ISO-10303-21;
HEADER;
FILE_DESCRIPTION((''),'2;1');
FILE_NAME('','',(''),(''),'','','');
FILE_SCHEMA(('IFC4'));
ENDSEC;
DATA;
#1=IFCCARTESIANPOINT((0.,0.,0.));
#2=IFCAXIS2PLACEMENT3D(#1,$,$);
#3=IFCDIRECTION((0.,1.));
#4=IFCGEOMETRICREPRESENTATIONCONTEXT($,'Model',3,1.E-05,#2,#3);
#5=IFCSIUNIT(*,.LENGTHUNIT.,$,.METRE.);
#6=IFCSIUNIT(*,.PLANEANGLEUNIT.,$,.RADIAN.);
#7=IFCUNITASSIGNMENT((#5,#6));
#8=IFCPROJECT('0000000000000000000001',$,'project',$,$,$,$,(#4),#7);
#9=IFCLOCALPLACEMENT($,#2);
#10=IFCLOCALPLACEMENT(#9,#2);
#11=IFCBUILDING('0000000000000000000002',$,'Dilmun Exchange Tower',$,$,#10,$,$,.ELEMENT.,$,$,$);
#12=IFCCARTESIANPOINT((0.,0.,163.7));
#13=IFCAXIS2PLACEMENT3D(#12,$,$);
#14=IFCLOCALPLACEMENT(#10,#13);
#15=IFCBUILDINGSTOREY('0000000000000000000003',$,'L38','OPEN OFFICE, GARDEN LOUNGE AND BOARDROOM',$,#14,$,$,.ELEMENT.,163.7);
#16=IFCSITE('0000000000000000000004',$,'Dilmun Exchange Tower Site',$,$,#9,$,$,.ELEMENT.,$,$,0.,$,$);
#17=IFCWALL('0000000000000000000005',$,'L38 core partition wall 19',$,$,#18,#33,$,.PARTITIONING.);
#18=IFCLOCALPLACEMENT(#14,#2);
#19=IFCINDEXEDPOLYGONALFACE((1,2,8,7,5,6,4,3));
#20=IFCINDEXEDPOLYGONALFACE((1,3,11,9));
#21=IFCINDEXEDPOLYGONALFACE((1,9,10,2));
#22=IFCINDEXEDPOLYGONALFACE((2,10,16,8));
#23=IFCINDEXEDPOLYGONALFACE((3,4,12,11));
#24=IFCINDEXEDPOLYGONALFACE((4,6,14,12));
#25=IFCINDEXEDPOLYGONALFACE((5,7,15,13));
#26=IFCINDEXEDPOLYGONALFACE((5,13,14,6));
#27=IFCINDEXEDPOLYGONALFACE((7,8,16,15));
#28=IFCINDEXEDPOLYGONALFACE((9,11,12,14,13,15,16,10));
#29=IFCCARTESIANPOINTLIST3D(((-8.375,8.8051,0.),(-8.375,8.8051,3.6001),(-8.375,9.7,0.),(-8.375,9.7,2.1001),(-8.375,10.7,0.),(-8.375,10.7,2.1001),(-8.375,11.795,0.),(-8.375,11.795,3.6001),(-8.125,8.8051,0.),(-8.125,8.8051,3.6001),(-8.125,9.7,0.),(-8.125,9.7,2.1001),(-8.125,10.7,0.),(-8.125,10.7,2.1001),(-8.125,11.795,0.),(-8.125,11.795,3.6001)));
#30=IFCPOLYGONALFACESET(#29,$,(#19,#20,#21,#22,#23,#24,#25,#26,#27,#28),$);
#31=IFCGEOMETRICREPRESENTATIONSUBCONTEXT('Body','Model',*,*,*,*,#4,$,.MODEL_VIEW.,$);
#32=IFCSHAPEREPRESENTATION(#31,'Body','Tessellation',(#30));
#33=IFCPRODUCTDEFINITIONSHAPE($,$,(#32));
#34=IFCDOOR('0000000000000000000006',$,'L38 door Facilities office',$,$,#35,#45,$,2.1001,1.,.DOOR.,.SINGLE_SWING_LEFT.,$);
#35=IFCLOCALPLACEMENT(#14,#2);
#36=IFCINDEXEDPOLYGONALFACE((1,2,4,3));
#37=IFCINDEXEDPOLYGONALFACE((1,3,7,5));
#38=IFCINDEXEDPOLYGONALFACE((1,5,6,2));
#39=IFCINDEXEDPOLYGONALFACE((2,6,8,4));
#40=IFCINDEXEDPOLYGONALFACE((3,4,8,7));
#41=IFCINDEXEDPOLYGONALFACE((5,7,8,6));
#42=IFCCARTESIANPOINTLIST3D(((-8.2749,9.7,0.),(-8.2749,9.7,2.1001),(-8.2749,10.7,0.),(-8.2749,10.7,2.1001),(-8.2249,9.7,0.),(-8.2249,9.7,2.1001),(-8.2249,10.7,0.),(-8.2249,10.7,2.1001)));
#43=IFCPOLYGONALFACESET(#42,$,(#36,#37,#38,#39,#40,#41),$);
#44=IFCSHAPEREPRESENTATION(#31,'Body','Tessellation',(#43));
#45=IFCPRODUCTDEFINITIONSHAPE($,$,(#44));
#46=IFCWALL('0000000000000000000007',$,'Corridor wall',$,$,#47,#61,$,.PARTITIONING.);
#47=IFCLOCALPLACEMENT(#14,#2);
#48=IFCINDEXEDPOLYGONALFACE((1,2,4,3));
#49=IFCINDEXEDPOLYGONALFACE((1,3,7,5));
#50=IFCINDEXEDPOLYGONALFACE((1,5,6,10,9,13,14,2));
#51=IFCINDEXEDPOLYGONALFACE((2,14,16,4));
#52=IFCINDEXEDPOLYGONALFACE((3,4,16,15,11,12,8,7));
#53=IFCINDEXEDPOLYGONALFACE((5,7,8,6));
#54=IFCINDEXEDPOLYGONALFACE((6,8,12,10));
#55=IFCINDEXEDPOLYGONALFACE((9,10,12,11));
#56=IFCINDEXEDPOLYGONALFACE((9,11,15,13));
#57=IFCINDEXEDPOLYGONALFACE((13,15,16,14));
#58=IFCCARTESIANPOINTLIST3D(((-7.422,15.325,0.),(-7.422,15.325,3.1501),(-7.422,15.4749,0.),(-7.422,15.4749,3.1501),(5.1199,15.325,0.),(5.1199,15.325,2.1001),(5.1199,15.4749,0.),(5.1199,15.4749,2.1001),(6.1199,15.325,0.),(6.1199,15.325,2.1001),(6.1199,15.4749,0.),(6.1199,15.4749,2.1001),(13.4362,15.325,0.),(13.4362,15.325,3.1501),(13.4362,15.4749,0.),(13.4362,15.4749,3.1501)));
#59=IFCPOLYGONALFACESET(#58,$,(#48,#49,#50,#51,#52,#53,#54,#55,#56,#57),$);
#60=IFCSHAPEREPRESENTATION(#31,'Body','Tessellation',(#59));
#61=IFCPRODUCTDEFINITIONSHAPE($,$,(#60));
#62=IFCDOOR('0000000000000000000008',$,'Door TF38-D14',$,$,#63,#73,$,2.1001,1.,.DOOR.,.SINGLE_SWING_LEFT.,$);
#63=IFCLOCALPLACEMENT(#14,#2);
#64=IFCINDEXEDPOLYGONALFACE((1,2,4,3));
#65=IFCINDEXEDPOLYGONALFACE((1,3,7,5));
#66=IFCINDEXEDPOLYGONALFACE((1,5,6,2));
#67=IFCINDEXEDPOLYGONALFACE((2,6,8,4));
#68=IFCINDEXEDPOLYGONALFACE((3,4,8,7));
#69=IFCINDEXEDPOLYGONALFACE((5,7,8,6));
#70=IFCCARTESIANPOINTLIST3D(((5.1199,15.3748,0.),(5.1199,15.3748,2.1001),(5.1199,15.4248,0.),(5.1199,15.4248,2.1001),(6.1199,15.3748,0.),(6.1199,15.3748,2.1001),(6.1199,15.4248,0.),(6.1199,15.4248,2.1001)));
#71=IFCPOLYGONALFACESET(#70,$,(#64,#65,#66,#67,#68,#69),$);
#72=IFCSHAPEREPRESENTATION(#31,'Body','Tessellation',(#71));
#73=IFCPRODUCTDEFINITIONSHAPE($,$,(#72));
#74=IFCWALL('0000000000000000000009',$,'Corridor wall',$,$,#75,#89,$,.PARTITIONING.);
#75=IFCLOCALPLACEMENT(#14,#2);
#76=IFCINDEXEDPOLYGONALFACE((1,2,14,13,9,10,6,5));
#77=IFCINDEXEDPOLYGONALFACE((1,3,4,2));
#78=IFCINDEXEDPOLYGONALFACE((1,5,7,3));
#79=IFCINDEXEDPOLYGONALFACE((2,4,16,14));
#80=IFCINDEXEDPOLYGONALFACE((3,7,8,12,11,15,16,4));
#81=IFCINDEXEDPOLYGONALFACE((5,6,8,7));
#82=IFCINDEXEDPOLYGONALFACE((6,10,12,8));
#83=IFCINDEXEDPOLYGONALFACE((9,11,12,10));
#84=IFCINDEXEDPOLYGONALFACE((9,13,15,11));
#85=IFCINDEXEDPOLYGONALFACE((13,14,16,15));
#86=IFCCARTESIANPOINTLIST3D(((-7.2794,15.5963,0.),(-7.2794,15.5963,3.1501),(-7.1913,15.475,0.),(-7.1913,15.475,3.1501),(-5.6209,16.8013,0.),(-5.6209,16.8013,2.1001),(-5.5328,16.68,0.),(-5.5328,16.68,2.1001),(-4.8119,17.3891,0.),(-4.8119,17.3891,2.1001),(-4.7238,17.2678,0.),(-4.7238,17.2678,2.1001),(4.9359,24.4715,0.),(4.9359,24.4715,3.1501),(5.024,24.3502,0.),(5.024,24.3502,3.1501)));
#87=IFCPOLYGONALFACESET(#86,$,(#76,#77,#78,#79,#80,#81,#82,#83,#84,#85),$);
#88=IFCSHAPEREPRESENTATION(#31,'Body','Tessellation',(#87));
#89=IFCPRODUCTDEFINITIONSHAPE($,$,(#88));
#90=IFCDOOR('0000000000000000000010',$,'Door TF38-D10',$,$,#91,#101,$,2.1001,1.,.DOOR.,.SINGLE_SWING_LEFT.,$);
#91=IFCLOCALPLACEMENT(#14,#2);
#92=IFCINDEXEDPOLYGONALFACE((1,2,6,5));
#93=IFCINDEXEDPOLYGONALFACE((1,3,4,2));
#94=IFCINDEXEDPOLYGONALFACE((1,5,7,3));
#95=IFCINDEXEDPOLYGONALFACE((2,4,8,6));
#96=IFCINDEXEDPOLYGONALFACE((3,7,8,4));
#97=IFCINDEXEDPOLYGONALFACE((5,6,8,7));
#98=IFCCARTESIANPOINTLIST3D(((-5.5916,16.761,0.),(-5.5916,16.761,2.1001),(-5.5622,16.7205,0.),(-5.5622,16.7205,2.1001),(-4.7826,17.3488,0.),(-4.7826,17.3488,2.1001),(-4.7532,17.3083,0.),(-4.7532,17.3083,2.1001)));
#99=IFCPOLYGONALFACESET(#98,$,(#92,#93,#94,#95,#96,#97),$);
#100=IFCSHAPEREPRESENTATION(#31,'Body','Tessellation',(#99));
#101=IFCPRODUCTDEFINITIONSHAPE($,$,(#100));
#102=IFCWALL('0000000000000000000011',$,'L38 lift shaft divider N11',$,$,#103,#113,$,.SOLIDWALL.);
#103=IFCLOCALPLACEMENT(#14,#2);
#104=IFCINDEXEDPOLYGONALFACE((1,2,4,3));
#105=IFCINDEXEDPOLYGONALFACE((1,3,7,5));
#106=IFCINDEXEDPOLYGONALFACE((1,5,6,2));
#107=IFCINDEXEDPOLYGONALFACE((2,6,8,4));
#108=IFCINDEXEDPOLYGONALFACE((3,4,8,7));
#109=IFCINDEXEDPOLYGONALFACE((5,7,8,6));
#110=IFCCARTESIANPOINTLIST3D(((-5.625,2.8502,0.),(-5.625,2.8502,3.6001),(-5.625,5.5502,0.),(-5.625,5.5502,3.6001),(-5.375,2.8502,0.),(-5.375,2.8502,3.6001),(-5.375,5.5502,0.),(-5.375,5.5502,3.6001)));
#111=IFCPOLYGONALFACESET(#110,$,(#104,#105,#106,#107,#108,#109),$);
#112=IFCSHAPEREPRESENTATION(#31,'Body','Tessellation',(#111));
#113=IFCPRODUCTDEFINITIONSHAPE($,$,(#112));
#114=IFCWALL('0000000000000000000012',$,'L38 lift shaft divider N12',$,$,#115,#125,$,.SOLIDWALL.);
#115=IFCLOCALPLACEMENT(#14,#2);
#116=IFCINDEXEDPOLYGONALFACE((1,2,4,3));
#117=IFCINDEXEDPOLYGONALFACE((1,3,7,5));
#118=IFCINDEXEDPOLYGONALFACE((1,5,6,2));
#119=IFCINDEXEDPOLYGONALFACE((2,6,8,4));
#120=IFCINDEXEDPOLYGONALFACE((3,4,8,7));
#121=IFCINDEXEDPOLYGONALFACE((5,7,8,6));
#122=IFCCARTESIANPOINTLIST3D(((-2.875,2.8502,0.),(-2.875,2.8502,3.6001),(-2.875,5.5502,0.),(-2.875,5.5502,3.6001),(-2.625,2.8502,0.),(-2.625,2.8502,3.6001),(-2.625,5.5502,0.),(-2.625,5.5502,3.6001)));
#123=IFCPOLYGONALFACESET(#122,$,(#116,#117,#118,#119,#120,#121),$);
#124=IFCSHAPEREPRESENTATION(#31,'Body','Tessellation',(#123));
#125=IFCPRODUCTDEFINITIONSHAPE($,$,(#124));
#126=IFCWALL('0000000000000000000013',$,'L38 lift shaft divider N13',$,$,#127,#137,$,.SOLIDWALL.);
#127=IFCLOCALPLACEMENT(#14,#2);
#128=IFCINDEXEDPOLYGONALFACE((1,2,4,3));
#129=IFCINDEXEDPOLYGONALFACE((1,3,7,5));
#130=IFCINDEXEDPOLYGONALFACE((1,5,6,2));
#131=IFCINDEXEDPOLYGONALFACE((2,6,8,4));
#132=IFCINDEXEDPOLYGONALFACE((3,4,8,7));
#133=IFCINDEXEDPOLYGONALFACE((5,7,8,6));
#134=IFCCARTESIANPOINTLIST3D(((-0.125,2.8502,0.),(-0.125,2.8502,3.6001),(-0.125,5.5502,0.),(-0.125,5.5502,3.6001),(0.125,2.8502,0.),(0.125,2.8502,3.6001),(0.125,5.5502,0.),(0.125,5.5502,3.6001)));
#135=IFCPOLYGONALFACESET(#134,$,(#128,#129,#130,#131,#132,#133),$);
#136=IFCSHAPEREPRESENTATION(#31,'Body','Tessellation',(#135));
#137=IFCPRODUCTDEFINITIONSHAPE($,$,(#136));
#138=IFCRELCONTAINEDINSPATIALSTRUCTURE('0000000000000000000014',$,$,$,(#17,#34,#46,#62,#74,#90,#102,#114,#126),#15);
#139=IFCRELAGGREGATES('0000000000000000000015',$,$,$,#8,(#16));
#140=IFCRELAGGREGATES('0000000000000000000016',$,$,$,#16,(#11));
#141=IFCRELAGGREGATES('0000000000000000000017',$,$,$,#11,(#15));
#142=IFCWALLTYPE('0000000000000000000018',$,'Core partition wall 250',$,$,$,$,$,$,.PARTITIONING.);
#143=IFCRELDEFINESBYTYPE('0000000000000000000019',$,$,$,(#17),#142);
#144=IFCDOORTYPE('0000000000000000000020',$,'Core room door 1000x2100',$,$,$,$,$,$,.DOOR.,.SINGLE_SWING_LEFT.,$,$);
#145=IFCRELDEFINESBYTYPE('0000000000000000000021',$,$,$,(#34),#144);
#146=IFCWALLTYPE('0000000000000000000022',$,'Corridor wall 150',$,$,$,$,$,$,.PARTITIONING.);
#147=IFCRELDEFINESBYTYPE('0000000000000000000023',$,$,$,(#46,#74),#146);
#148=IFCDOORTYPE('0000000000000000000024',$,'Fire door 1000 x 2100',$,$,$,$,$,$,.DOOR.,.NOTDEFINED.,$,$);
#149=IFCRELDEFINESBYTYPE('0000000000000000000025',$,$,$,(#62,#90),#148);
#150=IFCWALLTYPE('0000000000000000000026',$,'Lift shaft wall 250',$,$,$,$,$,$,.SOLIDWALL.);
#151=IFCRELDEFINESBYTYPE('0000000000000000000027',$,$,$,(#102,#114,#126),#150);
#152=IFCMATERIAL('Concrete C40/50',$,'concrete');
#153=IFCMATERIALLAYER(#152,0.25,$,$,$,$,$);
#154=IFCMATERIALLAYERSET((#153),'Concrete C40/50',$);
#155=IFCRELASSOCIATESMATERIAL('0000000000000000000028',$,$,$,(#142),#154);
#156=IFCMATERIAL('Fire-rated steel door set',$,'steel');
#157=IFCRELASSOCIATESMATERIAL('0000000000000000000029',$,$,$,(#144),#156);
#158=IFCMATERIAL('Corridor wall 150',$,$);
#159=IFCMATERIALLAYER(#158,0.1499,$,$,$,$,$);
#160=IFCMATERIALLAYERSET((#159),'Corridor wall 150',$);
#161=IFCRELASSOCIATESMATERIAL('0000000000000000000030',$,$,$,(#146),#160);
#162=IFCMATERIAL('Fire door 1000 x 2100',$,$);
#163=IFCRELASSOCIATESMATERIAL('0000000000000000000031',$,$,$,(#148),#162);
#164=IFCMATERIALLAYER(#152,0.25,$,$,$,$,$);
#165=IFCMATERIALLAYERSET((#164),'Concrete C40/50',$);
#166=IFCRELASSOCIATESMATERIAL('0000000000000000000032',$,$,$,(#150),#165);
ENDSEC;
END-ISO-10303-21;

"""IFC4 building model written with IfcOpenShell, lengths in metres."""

from ifc_helpers import new_model, si_unit, direction, frame, frame_2d, origin, place, context, subcontext, project, spatial, rectangle, extrude, material, layer, layer_set, type_object, element, fill, save


model = new_model("IFC4")

# Units and contexts
model_context = context("Model", 3, precision=1e-05, world=origin(), true_north=direction((0.0, 1.0)))
body_context = subcontext(model_context, "Body", "Model", "MODEL_VIEW")
ifc_project = project(units=[si_unit("LENGTHUNIT", "METRE"), si_unit("PLANEANGLEUNIT", "RADIAN")], contexts=[model_context])

# Site, building, storey
site_placement = place(None, origin())
site = spatial("IfcSite", under=ifc_project, at=site_placement, Name="Dilmun Exchange Tower Site", CompositionType="ELEMENT", RefElevation=0.0)
building_placement = place(site_placement, origin())
building = spatial("IfcBuilding", under=site, at=building_placement, Name="Dilmun Exchange Tower", CompositionType="ELEMENT")
storey_placement = place(building_placement, frame((0.0, 0.0, 163.7)))
storey = spatial("IfcBuildingStorey", under=building, at=storey_placement, Name="L38", Description="OPEN OFFICE, GARDEN LOUNGE AND BOARDROOM", CompositionType="ELEMENT", Elevation=163.7)

# Shared definitions
ifc_material_1 = material(Name="Concrete C40/50", Category="concrete")

# Shared definitions
ifc_layer_1 = layer(ifc_material_1, 0.25)
ifc_layer_set_1 = layer_set([ifc_layer_1], Name="Concrete C40/50")
wall_type_1 = type_object("IfcWallType", Name="Core partition wall 250", PredefinedType="PARTITIONING", material=ifc_layer_set_1)

# Walls, openings, doors
wall_1_placement = place(storey_placement, frame((-8.25, 8.8049, 0.0), z_axis=(0.0, 0.0, 1.0), x_axis=(0.0, 1.0, 0.0)))
wall_1 = element("IfcWall", 1, at=wall_1_placement, inside=storey, type_object=wall_type_1, Name="L38 core partition wall 19", PredefinedType="PARTITIONING", context=body_context, shape_type="SweptSolid", body=[
    extrude(rectangle(XDim=2.99, YDim=0.25, at=frame_2d((1.4951, 0.0))), origin(), (0.0, 0.0, 1.0), 3.6001),
])
opening_1_placement = place(wall_1_placement, frame((0.895, 0.0, 0.0)))
opening_1 = element("IfcOpeningElement", 2, at=opening_1_placement, cuts=wall_1, PredefinedType="OPENING", context=body_context, shape_type="SweptSolid", body=[
    extrude(rectangle(XDim=1.0, YDim=2.1001, at=frame_2d((0.5, 1.05))), frame((0.0, 0.135, 0.0), z_axis=(0.0, -1.0, 0.0), x_axis=(1.0, 0.0, 0.0)), (0.0, 0.0, 1.0), 0.27),
])
ifc_material_2 = material(Name="Fire-rated steel door set", Category="steel")
door_type_1 = type_object("IfcDoorType", Name="Core room door 1000x2100", OperationType="SINGLE_SWING_LEFT", PredefinedType="DOOR", material=ifc_material_2)
door_1_placement = place(opening_1_placement, origin())
door_1 = element("IfcDoor", 3, at=door_1_placement, inside=storey, type_object=door_type_1, Name="L38 door Facilities office", OperationType="SINGLE_SWING_LEFT", OverallHeight=2.1001, OverallWidth=1.0, PredefinedType="DOOR", context=body_context, shape_type="SweptSolid", body=[
    extrude(rectangle(XDim=1.0, YDim=2.1001, at=frame_2d((0.5, 1.05))), frame((0.0, 0.0249, 0.0), z_axis=(0.0, -1.0, 0.0), x_axis=(1.0, 0.0, 0.0)), (0.0, 0.0, 1.0), 0.05),
])
fill(opening_1, door_1)
ifc_material_3 = material(Name="Corridor wall 150")
ifc_layer_2 = layer(ifc_material_3, 0.1499)
ifc_layer_set_2 = layer_set([ifc_layer_2], Name="Corridor wall 150")
wall_type_2 = type_object("IfcWallType", Name="Corridor wall 150", PredefinedType="PARTITIONING", material=ifc_layer_set_2)
wall_2_placement = place(storey_placement, frame((-7.4221, 15.3999, 0.0), z_axis=(0.0, 0.0, 1.0), x_axis=(1.0, 0.0, 0.0)))
wall_2 = element("IfcWall", 4, at=wall_2_placement, inside=storey, type_object=wall_type_2, Name="Corridor wall", PredefinedType="PARTITIONING", context=body_context, shape_type="SweptSolid", body=[
    extrude(rectangle(XDim=20.8582, YDim=0.1499, at=frame_2d((10.4292, 0.0))), origin(), (0.0, 0.0, 1.0), 3.1501),
])
opening_2_placement = place(wall_2_placement, frame((12.542, 0.0, 0.0)))
opening_2 = element("IfcOpeningElement", 5, at=opening_2_placement, cuts=wall_2, PredefinedType="OPENING", context=body_context, shape_type="SweptSolid", body=[
    extrude(rectangle(XDim=1.0, YDim=2.1001, at=frame_2d((0.5, 1.05))), frame((0.0, 0.085, 0.0), z_axis=(0.0, -1.0, 0.0), x_axis=(1.0, 0.0, 0.0)), (0.0, 0.0, 1.0), 0.1699),
])
ifc_material_4 = material(Name="Fire door 1000 x 2100")
door_type_2 = type_object("IfcDoorType", Name="Fire door 1000 x 2100", OperationType="NOTDEFINED", PredefinedType="DOOR", material=ifc_material_4)
door_2_placement = place(opening_2_placement, origin())
door_2 = element("IfcDoor", 6, at=door_2_placement, inside=storey, type_object=door_type_2, Name="Door TF38-D14", OperationType="SINGLE_SWING_LEFT", OverallHeight=2.1001, OverallWidth=1.0, PredefinedType="DOOR", context=body_context, shape_type="SweptSolid", body=[
    extrude(rectangle(XDim=1.0, YDim=2.1001, at=frame_2d((0.5, 1.05))), frame((0.0, 0.0249, 0.0), z_axis=(0.0, -1.0, 0.0), x_axis=(1.0, 0.0, 0.0)), (0.0, 0.0, 1.0), 0.05),
])
fill(opening_2, door_2)
wall_3_placement = place(storey_placement, frame((-7.2354, 15.5356, 0.0), z_axis=(0.0, 0.0, 1.0), x_axis=(0.809008, 0.587798, 0.0)))
wall_3 = element("IfcWall", 7, at=wall_3_placement, inside=storey, type_object=wall_type_2, Name="Corridor wall", PredefinedType="PARTITIONING", context=body_context, shape_type="SweptSolid", body=[
    extrude(rectangle(XDim=15.0991, YDim=0.1499, at=frame_2d((7.5496, 0.0))), origin(), (0.0, 0.0, 1.0), 3.1501),
])
opening_3_placement = place(wall_3_placement, frame((2.05, 0.0, 0.0)))
opening_3 = element("IfcOpeningElement", 8, at=opening_3_placement, cuts=wall_3, PredefinedType="OPENING", context=body_context, shape_type="SweptSolid", body=[
    extrude(rectangle(XDim=1.0, YDim=2.1001, at=frame_2d((0.5, 1.05))), frame((0.0, 0.085, 0.0), z_axis=(0.0, -1.0, 0.0), x_axis=(1.0, 0.0, 0.0)), (0.0, 0.0, 1.0), 0.1699),
])
door_3_placement = place(opening_3_placement, frame((1.0, 0.0, 0.0), z_axis=(0.0, 0.0, 1.0), x_axis=(-1.0, 0.0, 0.0)))
door_3 = element("IfcDoor", 9, at=door_3_placement, inside=storey, type_object=door_type_2, Name="Door TF38-D10", OperationType="SINGLE_SWING_LEFT", OverallHeight=2.1001, OverallWidth=1.0, PredefinedType="DOOR", context=body_context, shape_type="SweptSolid", body=[
    extrude(rectangle(XDim=1.0, YDim=2.1001, at=frame_2d((0.5, 1.05))), frame((0.0, 0.0249, 0.0), z_axis=(0.0, -1.0, 0.0), x_axis=(1.0, 0.0, 0.0)), (0.0, 0.0, 1.0), 0.05),
])
fill(opening_3, door_3)

# Walls
ifc_layer_3 = layer(ifc_material_1, 0.25)
ifc_layer_set_3 = layer_set([ifc_layer_3], Name="Concrete C40/50")
wall_type_3 = type_object("IfcWallType", Name="Lift shaft wall 250", PredefinedType="SOLIDWALL", material=ifc_layer_set_3)
for number, where, z_axis, x_axis, name in (
    (10, (-5.5, 2.8501, 0.0), (0.0, 0.0, 1.0), (0.0, 1.0, 0.0), "L38 lift shaft divider N11"),
    (11, (-2.75, 2.8501, 0.0), (0.0, 0.0, 1.0), (0.0, 1.0, 0.0), "L38 lift shaft divider N12"),
    (12, (0.0, 2.8501, 0.0), (0.0, 0.0, 1.0), (0.0, 1.0, 0.0), "L38 lift shaft divider N13"),
):
    element("IfcWall", number, at=place(storey_placement, frame(where, z_axis=z_axis, x_axis=x_axis)), inside=storey, type_object=wall_type_3, Name=name, PredefinedType="SOLIDWALL", context=body_context, shape_type="SweptSolid", body=[
        extrude(rectangle(XDim=2.7, YDim=0.25, at=frame_2d((1.3501, 0.0))), origin(), (0.0, 0.0, 1.0), 3.6001),
    ])

save(model, "model.ifc")
